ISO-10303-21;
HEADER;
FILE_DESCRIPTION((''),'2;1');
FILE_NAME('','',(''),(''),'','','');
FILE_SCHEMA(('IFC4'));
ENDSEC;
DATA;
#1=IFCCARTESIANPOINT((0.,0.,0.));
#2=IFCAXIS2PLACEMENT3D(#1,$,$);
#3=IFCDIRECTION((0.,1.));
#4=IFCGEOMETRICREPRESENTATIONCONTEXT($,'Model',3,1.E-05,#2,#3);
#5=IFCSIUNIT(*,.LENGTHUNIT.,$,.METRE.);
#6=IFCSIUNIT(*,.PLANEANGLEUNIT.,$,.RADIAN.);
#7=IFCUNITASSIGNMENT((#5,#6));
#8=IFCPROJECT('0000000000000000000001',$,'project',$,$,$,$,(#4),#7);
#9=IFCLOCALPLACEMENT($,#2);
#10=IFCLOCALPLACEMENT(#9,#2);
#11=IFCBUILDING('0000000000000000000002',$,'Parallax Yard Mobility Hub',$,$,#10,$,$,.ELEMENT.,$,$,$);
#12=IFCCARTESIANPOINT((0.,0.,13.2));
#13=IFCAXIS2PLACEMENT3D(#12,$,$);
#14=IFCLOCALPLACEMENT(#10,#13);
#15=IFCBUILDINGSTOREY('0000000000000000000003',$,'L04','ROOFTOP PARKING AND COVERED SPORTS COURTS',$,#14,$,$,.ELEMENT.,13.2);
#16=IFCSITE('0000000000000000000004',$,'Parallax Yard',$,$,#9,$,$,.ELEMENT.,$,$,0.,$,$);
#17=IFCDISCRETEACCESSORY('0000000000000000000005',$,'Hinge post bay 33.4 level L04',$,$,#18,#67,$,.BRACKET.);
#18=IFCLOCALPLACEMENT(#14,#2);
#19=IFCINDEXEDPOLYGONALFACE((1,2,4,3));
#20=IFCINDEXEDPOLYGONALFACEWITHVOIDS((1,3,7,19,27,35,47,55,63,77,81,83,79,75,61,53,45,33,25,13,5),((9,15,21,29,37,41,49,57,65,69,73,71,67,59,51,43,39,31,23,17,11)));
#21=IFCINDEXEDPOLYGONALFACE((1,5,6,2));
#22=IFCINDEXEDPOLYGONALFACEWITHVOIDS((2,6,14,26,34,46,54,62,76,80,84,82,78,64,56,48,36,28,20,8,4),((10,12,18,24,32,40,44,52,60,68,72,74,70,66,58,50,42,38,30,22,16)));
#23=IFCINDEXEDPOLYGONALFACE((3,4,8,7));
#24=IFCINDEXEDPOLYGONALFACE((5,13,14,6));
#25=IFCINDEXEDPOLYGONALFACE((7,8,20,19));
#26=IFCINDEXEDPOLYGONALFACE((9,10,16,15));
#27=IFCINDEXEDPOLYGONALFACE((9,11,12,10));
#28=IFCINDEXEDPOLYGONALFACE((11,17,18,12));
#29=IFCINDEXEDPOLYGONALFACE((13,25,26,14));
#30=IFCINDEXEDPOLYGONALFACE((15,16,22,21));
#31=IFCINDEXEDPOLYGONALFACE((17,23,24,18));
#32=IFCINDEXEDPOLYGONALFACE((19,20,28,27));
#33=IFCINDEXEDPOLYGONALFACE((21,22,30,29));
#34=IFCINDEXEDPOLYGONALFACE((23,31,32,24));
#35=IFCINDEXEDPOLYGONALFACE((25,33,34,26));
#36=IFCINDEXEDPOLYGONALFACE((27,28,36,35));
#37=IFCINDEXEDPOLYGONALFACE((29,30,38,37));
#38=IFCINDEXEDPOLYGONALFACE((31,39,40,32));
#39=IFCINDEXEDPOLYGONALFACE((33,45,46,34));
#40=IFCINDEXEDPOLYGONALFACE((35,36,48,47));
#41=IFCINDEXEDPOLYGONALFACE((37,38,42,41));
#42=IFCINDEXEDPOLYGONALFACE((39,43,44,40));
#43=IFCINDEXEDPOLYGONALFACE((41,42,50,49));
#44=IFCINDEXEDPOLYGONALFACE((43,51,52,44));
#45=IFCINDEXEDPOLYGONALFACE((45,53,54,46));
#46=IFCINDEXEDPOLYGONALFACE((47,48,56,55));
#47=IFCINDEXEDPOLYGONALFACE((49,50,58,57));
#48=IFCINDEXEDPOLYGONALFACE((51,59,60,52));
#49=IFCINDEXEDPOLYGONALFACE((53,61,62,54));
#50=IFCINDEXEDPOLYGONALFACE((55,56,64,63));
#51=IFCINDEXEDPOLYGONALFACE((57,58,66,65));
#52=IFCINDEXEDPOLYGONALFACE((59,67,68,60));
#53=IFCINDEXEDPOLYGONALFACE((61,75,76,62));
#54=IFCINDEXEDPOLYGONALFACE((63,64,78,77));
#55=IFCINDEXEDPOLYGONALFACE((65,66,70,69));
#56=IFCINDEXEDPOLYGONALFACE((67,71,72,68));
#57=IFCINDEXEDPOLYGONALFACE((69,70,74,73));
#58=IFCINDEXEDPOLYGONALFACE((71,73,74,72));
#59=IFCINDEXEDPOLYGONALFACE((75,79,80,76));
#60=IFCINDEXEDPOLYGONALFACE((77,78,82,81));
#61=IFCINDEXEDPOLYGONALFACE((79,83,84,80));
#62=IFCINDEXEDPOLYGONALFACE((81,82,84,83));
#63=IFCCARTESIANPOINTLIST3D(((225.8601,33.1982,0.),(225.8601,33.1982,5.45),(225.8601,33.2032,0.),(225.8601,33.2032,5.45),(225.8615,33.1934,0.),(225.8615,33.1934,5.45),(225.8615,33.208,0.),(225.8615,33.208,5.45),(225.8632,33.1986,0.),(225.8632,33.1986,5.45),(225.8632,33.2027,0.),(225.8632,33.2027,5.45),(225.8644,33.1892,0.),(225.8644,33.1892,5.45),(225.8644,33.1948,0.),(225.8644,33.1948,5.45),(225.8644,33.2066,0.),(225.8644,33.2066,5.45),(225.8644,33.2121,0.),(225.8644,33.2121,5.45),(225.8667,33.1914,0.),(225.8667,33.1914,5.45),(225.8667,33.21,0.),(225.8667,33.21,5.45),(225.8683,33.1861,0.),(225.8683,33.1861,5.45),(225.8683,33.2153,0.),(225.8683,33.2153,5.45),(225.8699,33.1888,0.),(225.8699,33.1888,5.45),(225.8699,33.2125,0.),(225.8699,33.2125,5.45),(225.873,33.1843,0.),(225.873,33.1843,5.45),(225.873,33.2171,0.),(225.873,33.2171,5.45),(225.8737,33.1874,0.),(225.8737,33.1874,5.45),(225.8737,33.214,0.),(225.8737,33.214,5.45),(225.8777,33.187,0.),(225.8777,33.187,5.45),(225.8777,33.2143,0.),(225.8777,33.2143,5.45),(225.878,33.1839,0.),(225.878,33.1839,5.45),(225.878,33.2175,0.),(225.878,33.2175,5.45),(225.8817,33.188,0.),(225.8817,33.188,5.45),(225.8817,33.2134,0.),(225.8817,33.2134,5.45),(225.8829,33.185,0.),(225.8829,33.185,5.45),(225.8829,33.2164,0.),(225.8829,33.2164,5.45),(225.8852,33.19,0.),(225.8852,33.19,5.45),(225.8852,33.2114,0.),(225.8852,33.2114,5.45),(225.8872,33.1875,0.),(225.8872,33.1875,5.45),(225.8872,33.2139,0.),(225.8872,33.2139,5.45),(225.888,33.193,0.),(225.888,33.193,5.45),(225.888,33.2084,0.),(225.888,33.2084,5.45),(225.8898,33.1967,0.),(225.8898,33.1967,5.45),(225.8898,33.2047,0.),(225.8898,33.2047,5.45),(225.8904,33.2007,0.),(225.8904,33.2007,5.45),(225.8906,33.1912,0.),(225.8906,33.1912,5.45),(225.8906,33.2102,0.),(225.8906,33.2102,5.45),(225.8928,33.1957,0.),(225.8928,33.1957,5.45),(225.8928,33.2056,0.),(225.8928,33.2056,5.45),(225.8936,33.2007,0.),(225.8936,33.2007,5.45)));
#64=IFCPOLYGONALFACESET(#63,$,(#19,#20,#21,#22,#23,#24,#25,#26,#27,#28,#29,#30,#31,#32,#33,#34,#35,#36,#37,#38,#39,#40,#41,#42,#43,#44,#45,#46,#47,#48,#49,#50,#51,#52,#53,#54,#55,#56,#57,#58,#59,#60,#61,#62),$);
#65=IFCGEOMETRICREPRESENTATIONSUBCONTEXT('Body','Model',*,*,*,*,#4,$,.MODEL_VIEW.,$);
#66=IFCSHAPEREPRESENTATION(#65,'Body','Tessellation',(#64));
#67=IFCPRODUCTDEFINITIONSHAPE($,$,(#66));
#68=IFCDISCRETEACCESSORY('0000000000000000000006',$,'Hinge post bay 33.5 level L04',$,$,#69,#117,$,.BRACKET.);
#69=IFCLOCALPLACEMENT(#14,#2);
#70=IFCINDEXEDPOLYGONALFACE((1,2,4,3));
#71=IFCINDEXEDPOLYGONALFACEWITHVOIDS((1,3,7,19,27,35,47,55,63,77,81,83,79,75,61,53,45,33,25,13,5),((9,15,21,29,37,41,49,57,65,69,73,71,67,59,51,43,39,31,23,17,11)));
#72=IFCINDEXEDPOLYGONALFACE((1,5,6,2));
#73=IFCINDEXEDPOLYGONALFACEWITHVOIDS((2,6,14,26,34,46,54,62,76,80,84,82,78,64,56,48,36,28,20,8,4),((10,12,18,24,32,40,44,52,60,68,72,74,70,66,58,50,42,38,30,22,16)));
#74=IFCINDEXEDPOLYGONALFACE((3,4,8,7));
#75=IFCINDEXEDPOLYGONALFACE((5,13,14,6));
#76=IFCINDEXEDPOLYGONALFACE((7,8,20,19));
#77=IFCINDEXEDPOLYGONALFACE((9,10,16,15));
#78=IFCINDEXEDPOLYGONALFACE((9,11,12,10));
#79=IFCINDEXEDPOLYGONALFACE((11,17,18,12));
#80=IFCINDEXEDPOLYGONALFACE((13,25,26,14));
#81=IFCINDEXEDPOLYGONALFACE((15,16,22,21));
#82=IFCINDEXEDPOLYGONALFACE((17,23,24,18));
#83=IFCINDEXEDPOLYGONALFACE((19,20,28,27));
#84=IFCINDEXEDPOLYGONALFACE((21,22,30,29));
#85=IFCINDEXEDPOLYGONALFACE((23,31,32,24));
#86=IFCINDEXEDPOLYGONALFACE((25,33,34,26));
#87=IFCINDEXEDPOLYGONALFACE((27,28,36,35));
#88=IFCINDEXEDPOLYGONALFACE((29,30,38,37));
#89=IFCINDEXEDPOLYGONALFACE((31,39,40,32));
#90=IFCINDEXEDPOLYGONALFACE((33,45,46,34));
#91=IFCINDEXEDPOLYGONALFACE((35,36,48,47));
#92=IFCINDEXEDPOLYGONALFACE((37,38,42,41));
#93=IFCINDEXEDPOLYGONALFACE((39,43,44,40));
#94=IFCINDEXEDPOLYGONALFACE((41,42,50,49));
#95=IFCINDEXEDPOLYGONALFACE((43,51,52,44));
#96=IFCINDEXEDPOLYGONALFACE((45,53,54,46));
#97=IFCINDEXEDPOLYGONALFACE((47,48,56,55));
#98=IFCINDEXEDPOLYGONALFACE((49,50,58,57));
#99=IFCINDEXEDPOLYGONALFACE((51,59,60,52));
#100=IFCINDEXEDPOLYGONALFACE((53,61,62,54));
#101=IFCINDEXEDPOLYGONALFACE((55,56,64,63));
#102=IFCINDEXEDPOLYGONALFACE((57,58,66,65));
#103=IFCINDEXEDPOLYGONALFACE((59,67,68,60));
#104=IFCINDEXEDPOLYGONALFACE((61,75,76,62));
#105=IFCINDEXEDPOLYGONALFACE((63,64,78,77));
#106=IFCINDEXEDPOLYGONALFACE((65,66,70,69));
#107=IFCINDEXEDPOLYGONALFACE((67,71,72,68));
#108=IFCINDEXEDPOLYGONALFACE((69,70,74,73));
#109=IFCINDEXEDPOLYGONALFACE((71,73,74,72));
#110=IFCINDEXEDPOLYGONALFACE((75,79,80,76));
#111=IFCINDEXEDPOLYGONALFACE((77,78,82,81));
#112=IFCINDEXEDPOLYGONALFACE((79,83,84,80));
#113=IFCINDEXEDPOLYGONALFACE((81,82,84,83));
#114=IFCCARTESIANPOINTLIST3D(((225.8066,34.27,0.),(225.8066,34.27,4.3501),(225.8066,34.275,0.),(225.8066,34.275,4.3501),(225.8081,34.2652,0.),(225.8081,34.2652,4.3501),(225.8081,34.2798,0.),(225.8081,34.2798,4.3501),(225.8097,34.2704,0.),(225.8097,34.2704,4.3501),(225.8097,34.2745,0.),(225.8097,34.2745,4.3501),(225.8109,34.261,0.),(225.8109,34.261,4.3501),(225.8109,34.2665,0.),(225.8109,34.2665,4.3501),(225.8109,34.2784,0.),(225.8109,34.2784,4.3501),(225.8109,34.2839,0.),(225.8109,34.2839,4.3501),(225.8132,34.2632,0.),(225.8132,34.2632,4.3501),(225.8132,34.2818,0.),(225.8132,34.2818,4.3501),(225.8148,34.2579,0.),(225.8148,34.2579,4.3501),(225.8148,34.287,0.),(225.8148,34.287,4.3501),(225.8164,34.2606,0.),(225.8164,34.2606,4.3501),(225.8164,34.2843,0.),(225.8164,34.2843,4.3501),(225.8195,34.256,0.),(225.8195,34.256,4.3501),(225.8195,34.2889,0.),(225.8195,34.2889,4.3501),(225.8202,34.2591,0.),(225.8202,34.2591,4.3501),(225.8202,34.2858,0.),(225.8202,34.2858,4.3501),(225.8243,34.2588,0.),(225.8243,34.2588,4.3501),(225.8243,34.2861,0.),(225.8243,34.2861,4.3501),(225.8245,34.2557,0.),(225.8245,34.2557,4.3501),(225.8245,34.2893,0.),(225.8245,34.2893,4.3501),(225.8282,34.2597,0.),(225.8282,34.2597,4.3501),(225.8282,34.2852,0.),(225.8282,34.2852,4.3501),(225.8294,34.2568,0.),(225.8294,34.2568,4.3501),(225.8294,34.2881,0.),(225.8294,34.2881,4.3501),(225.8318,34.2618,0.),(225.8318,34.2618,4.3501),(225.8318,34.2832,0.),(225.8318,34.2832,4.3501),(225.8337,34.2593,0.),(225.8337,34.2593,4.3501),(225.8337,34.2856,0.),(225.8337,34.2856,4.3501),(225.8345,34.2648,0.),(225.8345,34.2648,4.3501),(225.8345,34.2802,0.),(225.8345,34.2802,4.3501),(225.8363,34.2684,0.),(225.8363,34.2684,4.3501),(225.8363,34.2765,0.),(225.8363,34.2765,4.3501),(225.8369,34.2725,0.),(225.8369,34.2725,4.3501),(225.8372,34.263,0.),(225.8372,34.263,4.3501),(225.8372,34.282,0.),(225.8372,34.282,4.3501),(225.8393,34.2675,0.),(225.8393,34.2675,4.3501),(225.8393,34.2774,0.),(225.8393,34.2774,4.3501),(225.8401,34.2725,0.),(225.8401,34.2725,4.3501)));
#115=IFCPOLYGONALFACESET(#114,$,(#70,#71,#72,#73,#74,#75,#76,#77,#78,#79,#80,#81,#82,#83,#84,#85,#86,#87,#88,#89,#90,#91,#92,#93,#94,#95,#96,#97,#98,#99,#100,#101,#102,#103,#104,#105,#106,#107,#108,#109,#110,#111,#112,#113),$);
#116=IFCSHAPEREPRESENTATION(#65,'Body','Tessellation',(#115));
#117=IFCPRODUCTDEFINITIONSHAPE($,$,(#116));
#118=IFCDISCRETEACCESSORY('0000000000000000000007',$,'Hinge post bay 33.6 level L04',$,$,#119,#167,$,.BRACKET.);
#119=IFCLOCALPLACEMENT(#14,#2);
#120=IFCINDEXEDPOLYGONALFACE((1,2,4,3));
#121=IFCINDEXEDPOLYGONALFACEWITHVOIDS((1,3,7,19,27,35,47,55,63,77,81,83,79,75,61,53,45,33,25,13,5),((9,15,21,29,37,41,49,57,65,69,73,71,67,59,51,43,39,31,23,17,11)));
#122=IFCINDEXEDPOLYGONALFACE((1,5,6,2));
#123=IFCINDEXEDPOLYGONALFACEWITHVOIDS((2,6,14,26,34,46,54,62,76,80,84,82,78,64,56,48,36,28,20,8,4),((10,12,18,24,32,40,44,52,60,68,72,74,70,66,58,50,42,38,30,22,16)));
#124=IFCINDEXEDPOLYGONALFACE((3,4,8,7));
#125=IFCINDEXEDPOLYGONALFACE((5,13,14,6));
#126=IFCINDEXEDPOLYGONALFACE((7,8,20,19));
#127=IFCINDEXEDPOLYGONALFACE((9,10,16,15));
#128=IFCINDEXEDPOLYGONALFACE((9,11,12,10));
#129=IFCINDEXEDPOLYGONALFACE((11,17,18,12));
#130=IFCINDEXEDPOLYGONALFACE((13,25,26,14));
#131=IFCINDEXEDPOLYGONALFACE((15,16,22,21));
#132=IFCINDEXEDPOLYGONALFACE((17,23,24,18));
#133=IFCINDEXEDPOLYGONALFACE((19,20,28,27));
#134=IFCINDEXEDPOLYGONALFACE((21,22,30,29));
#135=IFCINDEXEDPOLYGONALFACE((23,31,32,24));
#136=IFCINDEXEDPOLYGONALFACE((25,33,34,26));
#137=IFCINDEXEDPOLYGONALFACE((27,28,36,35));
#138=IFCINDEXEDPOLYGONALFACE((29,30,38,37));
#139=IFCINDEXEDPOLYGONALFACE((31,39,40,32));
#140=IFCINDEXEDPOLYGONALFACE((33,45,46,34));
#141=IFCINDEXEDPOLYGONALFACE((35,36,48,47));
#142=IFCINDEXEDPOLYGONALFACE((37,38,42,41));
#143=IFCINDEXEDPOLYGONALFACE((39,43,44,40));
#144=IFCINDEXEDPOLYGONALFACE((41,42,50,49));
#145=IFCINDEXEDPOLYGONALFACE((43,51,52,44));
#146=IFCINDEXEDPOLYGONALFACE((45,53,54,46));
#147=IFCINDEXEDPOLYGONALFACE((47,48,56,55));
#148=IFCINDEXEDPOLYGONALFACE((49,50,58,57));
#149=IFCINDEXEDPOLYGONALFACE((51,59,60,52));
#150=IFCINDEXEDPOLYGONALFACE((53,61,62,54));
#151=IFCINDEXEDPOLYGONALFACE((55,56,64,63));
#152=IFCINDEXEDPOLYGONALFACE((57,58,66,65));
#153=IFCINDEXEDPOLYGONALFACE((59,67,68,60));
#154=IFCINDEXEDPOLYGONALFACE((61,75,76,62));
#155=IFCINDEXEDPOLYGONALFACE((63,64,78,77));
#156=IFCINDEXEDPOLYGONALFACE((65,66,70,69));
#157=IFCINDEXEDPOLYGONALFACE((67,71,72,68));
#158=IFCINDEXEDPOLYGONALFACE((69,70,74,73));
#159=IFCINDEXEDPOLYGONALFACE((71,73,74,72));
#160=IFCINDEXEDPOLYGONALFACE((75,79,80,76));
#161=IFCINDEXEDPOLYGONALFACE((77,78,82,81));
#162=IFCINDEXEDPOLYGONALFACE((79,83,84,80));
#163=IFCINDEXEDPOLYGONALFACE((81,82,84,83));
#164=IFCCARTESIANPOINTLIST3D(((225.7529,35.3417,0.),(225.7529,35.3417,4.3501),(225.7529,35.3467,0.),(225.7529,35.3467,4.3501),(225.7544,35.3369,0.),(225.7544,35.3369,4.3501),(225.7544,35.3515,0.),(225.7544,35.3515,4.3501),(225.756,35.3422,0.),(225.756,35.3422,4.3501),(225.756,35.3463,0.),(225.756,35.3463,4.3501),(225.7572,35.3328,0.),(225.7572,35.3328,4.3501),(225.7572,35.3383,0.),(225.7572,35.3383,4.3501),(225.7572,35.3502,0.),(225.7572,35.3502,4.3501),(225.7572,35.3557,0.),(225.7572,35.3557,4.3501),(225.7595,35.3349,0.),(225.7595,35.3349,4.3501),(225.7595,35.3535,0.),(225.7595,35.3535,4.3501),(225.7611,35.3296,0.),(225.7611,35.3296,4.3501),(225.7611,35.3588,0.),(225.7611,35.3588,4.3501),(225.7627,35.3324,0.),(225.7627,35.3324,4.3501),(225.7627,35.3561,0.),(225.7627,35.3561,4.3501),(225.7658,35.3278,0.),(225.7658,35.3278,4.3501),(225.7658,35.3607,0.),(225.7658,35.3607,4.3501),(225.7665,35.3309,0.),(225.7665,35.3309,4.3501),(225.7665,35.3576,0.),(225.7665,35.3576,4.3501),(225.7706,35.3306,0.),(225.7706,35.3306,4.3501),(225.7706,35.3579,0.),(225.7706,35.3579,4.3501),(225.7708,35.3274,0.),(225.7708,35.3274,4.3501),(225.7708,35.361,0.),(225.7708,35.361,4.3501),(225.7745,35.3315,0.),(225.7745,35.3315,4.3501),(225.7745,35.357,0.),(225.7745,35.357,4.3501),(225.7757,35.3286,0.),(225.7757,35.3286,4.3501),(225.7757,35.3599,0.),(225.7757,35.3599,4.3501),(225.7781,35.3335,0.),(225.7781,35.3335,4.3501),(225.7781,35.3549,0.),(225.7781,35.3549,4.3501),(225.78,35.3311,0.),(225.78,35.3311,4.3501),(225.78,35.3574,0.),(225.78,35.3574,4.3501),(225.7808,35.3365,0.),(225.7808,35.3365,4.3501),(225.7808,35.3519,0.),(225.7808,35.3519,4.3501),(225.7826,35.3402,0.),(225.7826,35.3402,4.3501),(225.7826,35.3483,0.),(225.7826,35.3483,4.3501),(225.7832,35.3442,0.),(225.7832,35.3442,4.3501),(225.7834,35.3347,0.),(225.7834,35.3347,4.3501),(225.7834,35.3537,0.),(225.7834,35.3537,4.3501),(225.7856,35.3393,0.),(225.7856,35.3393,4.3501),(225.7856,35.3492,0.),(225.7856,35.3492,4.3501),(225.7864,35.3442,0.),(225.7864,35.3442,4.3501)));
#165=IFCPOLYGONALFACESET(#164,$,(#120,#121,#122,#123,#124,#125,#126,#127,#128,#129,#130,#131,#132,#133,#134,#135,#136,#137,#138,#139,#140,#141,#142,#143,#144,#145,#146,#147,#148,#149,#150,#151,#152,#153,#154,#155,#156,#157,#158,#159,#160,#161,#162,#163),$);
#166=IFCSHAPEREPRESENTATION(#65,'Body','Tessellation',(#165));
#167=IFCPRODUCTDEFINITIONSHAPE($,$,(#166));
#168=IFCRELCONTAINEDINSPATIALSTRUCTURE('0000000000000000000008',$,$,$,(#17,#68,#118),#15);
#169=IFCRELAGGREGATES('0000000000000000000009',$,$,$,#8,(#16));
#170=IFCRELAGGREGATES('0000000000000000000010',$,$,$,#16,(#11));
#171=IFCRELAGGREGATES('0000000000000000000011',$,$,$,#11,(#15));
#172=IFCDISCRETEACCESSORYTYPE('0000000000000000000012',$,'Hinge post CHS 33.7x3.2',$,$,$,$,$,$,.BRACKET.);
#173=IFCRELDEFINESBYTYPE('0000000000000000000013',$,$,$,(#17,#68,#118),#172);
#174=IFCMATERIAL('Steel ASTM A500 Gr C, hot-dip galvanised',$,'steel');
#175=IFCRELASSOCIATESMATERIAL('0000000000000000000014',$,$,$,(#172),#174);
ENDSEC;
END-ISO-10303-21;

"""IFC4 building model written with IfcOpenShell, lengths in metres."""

from ifc_helpers import new_model, si_unit, direction, frame, origin, origin_2d, place, context, subcontext, project, spatial, hollow_circle, extrude, material, material_profile, profile_set, type_object, element, save


model = new_model("IFC4")

# Units and contexts
model_context = context("Model", 3, precision=1e-05, world=origin(), true_north=direction((0.0, 1.0)))
body_context = subcontext(model_context, "Body", "Model", "MODEL_VIEW")
ifc_project = project(units=[si_unit("LENGTHUNIT", "METRE"), si_unit("PLANEANGLEUNIT", "RADIAN")], contexts=[model_context])

# Site, building, storey
site_placement = place(None, origin())
site = spatial("IfcSite", under=ifc_project, at=site_placement, Name="Parallax Yard", CompositionType="ELEMENT", RefElevation=0.0)
building_placement = place(site_placement, origin())
building = spatial("IfcBuilding", under=site, at=building_placement, Name="Parallax Yard Mobility Hub", CompositionType="ELEMENT")
storey_placement = place(building_placement, frame((0.0, 0.0, 13.2)))
storey = spatial("IfcBuildingStorey", under=building, at=storey_placement, Name="L04", Description="ROOFTOP PARKING AND COVERED SPORTS COURTS", CompositionType="ELEMENT", Elevation=13.2)

# Discrete accessories
ifc_material_1 = material(Name="Steel ASTM A500 Gr C, hot-dip galvanised", Category="steel")
ifc_material_profile = material_profile(ifc_material_1, hollow_circle(Radius=0.0168, WallThickness=0.0032, at=origin_2d()), Name="CHS 33.7x3.2")
ifc_profile_set = profile_set([ifc_material_profile], Name="Steel ASTM A500 Gr C, hot-dip galvanised")
discrete_accessory_type_1 = type_object("IfcDiscreteAccessoryType", Name="Hinge post CHS 33.7x3.2", PredefinedType="BRACKET", material=ifc_profile_set)
discrete_accessory_1_placement = place(storey_placement, frame((225.8767, 33.2007, 0.0), z_axis=(0.0, 0.0, 1.0), x_axis=(1.0, 0.0, 0.0)))
element("IfcDiscreteAccessory", 1, at=discrete_accessory_1_placement, inside=storey, type_object=discrete_accessory_type_1, Name="Hinge post bay 33.4 level L04", PredefinedType="BRACKET", context=body_context, shape_type="SweptSolid", body=[
    extrude(hollow_circle(Radius=0.0168, WallThickness=0.0032, at=origin_2d()), origin(), (0.0, 0.0, 1.0), 5.45),
])
for number, where, z_axis, x_axis, name in (
    (2, (225.8232, 34.2725, 0.0), (0.0, 0.0, 1.0), (1.0, 0.0, 0.0), "Hinge post bay 33.5 level L04"),
    (3, (225.7695, 35.3442, 0.0), (0.0, 0.0, 1.0), (1.0, 0.0, 0.0), "Hinge post bay 33.6 level L04"),
):
    element("IfcDiscreteAccessory", number, at=place(storey_placement, frame(where, z_axis=z_axis, x_axis=x_axis)), inside=storey, type_object=discrete_accessory_type_1, Name=name, PredefinedType="BRACKET", context=body_context, shape_type="SweptSolid", body=[
        extrude(hollow_circle(Radius=0.0168, WallThickness=0.0032, at=origin_2d()), origin(), (0.0, 0.0, 1.0), 4.3501),
    ])

save(model, "model.ifc")
